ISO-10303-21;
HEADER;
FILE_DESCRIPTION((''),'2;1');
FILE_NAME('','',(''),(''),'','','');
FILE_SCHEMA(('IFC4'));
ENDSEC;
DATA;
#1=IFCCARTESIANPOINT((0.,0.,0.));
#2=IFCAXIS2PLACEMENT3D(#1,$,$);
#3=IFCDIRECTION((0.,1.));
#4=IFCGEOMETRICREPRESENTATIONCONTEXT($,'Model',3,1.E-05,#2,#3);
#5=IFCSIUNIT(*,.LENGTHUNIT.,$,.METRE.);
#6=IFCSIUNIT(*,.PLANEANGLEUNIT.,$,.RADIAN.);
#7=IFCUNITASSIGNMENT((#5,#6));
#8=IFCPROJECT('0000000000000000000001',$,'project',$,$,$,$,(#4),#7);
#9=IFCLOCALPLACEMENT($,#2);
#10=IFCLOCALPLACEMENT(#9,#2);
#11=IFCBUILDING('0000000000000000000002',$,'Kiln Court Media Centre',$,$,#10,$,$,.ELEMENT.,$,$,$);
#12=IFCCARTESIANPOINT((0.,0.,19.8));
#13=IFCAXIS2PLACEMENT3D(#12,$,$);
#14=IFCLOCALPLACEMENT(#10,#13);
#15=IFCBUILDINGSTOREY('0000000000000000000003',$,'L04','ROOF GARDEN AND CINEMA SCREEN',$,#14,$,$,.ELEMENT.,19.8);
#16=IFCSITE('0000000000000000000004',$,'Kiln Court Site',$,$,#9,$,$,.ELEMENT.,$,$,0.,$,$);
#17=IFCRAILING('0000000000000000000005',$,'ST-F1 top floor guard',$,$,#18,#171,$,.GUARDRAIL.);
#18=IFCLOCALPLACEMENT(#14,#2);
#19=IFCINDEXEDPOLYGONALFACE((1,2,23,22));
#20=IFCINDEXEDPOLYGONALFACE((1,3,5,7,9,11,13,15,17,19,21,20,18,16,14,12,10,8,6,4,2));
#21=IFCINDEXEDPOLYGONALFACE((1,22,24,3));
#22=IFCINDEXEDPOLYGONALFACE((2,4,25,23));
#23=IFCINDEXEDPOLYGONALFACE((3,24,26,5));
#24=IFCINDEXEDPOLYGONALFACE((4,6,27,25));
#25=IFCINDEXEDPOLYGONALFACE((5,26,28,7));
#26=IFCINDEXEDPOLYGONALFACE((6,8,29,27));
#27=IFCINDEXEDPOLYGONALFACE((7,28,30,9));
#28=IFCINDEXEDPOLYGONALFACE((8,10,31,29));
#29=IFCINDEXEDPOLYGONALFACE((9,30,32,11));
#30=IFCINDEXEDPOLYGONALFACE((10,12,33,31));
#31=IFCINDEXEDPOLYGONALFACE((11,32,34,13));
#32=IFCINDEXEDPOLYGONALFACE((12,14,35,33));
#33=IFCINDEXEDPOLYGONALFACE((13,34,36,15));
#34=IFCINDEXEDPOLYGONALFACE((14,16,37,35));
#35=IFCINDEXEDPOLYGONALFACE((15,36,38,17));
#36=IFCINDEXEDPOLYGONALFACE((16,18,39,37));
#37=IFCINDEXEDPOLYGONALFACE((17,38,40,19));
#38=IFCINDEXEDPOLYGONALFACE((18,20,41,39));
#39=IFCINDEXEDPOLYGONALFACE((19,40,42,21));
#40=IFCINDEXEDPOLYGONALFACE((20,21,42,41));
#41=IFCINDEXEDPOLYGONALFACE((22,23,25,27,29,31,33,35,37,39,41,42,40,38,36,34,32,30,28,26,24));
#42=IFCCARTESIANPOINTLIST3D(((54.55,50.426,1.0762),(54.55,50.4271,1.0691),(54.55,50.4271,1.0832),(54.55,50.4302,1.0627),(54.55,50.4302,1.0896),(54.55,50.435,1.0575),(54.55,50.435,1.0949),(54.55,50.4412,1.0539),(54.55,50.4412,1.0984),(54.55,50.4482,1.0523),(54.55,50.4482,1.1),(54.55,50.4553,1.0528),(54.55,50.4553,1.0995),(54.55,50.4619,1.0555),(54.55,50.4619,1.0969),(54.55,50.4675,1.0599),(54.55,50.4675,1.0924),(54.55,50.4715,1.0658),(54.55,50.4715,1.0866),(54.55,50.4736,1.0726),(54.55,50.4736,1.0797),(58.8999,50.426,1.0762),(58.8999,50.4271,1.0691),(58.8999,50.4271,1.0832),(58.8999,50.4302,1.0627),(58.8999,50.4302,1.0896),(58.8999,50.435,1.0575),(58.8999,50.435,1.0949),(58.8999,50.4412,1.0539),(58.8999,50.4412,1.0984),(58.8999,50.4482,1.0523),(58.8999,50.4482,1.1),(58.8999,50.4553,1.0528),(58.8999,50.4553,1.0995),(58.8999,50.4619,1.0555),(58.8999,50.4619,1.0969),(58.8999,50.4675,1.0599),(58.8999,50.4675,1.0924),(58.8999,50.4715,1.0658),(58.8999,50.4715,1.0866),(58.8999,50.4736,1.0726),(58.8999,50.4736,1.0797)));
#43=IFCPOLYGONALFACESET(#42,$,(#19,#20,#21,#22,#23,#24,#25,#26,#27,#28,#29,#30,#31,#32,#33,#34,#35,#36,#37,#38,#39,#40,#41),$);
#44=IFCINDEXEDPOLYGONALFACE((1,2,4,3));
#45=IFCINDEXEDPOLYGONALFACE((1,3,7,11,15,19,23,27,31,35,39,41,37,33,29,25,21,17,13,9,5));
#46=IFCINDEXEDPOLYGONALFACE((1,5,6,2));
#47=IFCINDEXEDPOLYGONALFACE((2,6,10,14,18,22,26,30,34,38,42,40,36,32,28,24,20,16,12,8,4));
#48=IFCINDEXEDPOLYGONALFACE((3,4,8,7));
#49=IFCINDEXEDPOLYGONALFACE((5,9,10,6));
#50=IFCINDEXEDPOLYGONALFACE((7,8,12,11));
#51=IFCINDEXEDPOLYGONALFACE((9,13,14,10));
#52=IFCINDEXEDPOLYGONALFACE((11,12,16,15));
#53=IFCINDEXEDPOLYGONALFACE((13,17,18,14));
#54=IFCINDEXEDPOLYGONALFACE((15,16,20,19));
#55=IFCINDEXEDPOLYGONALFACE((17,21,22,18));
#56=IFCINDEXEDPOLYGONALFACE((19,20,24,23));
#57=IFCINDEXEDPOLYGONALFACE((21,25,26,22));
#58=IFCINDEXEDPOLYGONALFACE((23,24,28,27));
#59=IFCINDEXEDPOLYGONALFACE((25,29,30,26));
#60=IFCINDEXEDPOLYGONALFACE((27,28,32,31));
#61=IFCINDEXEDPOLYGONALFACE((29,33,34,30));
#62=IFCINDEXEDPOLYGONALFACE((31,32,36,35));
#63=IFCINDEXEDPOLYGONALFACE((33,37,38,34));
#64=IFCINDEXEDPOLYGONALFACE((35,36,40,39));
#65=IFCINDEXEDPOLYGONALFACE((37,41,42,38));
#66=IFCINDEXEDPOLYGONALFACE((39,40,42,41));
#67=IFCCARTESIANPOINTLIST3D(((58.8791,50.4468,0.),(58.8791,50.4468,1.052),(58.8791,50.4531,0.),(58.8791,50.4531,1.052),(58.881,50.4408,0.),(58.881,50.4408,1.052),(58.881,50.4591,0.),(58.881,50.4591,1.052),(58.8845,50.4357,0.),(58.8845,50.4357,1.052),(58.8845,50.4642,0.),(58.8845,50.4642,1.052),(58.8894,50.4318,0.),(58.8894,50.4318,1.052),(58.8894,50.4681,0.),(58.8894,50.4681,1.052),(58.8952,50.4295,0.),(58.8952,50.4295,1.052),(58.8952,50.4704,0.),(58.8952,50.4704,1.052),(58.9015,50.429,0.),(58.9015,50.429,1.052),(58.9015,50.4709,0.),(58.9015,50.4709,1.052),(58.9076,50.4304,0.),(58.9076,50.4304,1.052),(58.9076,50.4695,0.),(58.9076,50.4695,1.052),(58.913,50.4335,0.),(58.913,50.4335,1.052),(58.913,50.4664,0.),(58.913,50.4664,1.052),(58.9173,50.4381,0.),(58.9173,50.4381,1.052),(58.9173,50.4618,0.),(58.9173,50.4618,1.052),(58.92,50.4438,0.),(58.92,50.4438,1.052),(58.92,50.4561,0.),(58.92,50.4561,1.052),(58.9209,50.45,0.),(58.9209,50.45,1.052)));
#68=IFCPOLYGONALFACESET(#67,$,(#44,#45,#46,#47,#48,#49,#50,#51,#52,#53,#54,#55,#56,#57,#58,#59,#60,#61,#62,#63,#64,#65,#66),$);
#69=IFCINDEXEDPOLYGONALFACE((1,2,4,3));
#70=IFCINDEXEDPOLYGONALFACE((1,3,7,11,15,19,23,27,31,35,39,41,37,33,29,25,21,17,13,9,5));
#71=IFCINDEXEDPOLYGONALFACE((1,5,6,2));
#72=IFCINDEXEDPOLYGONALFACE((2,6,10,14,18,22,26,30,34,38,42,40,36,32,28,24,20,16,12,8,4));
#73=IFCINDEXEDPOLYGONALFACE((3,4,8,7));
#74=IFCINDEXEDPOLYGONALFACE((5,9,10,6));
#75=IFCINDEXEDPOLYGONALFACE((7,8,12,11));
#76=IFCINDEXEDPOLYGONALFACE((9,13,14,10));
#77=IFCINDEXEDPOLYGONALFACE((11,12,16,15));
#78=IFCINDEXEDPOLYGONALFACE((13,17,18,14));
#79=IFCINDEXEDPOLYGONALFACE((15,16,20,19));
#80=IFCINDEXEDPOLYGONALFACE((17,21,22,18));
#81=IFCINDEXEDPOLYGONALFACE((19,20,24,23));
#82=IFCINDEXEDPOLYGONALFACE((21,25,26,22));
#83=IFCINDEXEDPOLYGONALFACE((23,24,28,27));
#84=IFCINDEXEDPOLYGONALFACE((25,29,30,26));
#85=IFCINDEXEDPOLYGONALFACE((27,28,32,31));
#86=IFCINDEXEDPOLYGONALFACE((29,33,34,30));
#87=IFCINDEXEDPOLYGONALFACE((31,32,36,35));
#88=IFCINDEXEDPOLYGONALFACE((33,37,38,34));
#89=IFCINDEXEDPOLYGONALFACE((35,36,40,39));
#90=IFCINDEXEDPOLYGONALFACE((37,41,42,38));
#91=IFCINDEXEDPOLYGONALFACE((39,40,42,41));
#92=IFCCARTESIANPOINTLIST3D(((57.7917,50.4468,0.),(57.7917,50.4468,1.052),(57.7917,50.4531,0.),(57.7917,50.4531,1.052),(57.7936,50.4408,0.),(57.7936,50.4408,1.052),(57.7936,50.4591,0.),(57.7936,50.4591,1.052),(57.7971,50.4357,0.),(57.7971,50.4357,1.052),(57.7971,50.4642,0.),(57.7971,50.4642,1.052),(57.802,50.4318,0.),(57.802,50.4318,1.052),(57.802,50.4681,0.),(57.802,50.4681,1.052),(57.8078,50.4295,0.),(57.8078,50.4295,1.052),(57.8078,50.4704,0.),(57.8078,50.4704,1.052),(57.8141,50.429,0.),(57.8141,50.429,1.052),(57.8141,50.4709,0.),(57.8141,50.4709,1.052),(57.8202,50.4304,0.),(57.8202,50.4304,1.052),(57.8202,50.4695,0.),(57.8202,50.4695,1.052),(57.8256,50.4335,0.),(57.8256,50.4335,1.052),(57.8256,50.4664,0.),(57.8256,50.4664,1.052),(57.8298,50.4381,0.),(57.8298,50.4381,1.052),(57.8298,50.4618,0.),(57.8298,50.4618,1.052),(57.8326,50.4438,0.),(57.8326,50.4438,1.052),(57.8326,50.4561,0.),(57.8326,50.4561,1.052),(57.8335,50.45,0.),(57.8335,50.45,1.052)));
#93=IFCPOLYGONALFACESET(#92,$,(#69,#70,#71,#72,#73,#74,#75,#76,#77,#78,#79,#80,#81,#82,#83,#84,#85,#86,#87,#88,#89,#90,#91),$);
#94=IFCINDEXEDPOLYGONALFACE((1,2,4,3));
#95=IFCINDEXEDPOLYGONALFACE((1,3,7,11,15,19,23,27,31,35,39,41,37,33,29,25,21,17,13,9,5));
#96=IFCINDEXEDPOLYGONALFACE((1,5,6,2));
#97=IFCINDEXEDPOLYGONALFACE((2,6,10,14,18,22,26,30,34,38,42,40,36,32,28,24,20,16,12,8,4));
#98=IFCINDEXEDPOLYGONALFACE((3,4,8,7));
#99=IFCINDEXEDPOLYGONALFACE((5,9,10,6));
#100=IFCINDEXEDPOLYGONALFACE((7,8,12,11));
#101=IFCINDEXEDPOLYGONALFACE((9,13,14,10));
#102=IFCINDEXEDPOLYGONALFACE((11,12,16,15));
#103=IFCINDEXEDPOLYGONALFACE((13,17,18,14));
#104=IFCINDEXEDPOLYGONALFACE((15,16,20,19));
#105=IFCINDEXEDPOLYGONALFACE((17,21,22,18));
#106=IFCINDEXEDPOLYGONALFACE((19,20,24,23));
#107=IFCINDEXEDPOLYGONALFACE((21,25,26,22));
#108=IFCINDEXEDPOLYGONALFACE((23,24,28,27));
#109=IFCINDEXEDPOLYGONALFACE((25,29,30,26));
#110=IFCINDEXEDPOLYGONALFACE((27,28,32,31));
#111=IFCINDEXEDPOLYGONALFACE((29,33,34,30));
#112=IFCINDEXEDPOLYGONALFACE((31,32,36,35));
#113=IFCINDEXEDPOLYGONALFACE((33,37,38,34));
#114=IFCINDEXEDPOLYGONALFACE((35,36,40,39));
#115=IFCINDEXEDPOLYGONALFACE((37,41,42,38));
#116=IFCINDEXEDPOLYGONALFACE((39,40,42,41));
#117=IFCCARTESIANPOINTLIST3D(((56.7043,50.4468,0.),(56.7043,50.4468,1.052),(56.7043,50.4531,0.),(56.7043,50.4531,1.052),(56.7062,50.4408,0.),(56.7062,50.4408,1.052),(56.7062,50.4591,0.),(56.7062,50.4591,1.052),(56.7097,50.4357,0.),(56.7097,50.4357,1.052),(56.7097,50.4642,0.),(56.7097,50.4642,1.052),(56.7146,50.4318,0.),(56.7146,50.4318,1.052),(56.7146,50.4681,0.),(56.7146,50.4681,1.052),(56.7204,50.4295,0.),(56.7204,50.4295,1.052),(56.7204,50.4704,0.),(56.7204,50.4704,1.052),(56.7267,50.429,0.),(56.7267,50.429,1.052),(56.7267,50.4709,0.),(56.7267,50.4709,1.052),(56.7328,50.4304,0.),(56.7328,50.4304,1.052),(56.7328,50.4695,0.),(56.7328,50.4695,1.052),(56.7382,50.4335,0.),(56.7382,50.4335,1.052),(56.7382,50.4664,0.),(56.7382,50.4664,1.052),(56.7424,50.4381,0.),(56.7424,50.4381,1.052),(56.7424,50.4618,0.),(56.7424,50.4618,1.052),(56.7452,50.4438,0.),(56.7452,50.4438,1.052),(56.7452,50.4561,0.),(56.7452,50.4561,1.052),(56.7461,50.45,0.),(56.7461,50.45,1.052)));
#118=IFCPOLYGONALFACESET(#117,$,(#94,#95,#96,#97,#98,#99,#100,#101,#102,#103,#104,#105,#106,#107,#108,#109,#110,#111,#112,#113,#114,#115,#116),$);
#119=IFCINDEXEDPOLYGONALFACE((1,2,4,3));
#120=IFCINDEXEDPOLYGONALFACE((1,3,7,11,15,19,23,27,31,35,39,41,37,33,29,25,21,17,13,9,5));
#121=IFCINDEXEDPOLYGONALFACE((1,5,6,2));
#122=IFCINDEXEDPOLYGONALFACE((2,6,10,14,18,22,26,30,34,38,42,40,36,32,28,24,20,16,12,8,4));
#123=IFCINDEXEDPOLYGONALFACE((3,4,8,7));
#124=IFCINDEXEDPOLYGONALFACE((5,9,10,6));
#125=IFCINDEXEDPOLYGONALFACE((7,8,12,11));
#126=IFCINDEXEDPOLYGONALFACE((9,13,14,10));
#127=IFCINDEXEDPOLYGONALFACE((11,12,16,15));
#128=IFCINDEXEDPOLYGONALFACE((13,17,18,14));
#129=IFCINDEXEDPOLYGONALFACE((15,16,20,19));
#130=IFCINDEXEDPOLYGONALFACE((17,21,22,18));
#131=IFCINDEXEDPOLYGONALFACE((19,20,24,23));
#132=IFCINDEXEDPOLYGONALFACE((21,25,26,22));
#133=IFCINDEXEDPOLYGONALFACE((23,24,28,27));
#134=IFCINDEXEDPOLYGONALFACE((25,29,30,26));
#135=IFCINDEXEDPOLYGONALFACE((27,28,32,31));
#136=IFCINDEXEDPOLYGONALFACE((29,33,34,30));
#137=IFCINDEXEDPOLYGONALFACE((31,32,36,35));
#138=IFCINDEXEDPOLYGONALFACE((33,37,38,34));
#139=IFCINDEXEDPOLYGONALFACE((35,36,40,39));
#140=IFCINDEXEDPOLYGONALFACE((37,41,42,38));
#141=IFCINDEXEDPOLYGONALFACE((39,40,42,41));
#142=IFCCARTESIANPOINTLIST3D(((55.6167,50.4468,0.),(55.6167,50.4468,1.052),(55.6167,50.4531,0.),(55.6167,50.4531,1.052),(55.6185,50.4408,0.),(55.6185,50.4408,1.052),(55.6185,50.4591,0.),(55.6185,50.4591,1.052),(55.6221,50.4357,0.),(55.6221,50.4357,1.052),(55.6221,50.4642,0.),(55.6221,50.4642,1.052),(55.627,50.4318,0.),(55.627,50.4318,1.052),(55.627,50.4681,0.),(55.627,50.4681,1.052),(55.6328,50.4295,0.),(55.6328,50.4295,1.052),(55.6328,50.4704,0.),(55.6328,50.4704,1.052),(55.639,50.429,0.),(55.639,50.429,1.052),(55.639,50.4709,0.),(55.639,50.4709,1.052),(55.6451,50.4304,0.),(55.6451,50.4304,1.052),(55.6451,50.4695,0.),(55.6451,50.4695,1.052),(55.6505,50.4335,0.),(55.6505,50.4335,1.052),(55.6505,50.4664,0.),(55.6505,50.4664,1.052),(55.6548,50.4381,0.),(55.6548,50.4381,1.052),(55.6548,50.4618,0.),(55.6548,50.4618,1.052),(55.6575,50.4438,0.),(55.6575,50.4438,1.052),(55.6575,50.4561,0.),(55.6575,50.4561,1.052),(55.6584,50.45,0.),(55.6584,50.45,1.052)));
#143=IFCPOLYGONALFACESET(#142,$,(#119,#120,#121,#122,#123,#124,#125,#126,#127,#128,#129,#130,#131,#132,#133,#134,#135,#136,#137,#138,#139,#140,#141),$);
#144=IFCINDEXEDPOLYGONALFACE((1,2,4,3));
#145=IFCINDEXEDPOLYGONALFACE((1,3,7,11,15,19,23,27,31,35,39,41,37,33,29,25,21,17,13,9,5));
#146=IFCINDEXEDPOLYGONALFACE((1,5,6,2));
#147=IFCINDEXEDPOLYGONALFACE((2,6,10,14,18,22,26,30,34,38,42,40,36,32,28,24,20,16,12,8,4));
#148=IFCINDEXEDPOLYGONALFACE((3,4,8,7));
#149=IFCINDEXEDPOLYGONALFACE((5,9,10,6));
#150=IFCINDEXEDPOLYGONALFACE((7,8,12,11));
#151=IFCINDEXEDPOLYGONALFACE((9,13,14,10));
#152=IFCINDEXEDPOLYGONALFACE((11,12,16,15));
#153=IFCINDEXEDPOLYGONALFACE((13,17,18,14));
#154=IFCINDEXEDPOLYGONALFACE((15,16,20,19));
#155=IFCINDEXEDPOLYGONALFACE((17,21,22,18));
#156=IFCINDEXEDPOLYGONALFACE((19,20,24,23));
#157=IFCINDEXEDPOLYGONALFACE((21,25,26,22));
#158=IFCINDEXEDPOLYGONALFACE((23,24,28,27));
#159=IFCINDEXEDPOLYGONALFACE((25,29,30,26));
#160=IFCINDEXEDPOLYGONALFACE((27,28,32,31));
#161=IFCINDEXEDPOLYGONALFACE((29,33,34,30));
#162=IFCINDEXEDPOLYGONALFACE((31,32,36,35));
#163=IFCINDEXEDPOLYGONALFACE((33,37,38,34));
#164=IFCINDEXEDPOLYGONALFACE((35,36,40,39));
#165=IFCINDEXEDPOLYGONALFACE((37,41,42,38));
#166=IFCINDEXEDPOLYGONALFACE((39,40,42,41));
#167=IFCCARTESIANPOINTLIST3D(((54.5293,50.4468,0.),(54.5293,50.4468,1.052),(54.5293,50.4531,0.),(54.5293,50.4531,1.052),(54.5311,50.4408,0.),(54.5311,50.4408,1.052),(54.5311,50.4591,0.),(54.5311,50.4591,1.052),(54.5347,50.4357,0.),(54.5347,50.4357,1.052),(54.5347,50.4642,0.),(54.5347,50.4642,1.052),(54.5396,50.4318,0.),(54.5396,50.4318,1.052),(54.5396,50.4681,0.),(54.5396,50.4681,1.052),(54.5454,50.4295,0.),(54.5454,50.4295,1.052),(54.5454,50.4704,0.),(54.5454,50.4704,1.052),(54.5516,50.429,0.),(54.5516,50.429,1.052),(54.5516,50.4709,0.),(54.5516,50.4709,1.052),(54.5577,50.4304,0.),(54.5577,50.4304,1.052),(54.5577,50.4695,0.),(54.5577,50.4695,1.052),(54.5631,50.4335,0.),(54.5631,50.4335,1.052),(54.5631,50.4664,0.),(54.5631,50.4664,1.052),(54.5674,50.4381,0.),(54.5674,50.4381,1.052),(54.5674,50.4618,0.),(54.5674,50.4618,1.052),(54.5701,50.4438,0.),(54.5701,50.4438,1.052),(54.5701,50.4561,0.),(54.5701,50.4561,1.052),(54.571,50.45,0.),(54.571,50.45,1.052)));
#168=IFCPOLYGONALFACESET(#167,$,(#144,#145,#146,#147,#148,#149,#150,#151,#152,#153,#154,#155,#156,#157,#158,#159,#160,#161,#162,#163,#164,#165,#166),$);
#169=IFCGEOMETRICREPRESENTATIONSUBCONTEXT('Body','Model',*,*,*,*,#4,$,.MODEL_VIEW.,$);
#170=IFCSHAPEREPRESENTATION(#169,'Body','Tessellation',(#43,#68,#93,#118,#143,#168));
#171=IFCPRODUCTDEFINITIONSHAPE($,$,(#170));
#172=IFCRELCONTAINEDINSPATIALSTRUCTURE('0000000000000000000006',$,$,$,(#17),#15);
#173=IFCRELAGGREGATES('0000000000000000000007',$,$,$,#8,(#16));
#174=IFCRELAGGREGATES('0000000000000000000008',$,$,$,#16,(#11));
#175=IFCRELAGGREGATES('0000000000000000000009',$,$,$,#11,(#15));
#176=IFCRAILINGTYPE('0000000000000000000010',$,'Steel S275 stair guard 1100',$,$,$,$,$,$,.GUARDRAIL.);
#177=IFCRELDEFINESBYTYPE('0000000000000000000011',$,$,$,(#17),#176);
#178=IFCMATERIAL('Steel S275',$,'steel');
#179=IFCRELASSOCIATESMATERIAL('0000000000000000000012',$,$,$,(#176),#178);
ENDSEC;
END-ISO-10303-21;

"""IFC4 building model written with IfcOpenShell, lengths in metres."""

from ifc_helpers import new_model, si_unit, direction, frame, origin, origin_2d, place, context, subcontext, project, spatial, circle, extrude, material, type_object, element, save


model = new_model("IFC4")

# Units and contexts
model_context = context("Model", 3, precision=1e-05, world=origin(), true_north=direction((0.0, 1.0)))
body_context = subcontext(model_context, "Body", "Model", "MODEL_VIEW")
ifc_project = project(units=[si_unit("LENGTHUNIT", "METRE"), si_unit("PLANEANGLEUNIT", "RADIAN")], contexts=[model_context])

# Site, building, storey
site_placement = place(None, origin())
site = spatial("IfcSite", under=ifc_project, at=site_placement, Name="Kiln Court Site", CompositionType="ELEMENT", RefElevation=0.0)
building_placement = place(site_placement, origin())
building = spatial("IfcBuilding", under=site, at=building_placement, Name="Kiln Court Media Centre", CompositionType="ELEMENT")
storey_placement = place(building_placement, frame((0.0, 0.0, 19.8)))
storey = spatial("IfcBuildingStorey", under=building, at=storey_placement, Name="L04", Description="ROOF GARDEN AND CINEMA SCREEN", CompositionType="ELEMENT", Elevation=19.8)

# Railing
ifc_material_1 = material(Name="Steel S275", Category="steel")
railing_type = type_object("IfcRailingType", Name="Steel S275 stair guard 1100", PredefinedType="GUARDRAIL", material=ifc_material_1)
railing_1_placement = place(storey_placement, frame((58.8999, 50.45, 0.0)))
element("IfcRailing", 1, at=railing_1_placement, inside=storey, type_object=railing_type, Name="ST-F1 top floor guard", PredefinedType="GUARDRAIL", context=body_context, shape_type="SweptSolid", body=[
    extrude(circle(Radius=0.0239, at=origin_2d()), frame((0.0, 0.0, 1.0762), z_axis=(-1.0, 0.0, 0.0), x_axis=(0.0, -1.0, 0.0)), (0.0, 0.0, 1.0), 4.3499),
    extrude(circle(Radius=0.021, at=origin_2d()), origin(), (0.0, 0.0, 1.0), 1.052),
    extrude(circle(Radius=0.021, at=origin_2d()), frame((-1.0874, 0.0, 0.0)), (0.0, 0.0, 1.0), 1.052),
    extrude(circle(Radius=0.021, at=origin_2d()), frame((-2.1748, 0.0, 0.0)), (0.0, 0.0, 1.0), 1.052),
    extrude(circle(Radius=0.021, at=origin_2d()), frame((-3.2625, 0.0, 0.0)), (0.0, 0.0, 1.0), 1.052),
    extrude(circle(Radius=0.021, at=origin_2d()), frame((-4.3499, 0.0, 0.0)), (0.0, 0.0, 1.0), 1.052),
])

save(model, "model.ifc")
